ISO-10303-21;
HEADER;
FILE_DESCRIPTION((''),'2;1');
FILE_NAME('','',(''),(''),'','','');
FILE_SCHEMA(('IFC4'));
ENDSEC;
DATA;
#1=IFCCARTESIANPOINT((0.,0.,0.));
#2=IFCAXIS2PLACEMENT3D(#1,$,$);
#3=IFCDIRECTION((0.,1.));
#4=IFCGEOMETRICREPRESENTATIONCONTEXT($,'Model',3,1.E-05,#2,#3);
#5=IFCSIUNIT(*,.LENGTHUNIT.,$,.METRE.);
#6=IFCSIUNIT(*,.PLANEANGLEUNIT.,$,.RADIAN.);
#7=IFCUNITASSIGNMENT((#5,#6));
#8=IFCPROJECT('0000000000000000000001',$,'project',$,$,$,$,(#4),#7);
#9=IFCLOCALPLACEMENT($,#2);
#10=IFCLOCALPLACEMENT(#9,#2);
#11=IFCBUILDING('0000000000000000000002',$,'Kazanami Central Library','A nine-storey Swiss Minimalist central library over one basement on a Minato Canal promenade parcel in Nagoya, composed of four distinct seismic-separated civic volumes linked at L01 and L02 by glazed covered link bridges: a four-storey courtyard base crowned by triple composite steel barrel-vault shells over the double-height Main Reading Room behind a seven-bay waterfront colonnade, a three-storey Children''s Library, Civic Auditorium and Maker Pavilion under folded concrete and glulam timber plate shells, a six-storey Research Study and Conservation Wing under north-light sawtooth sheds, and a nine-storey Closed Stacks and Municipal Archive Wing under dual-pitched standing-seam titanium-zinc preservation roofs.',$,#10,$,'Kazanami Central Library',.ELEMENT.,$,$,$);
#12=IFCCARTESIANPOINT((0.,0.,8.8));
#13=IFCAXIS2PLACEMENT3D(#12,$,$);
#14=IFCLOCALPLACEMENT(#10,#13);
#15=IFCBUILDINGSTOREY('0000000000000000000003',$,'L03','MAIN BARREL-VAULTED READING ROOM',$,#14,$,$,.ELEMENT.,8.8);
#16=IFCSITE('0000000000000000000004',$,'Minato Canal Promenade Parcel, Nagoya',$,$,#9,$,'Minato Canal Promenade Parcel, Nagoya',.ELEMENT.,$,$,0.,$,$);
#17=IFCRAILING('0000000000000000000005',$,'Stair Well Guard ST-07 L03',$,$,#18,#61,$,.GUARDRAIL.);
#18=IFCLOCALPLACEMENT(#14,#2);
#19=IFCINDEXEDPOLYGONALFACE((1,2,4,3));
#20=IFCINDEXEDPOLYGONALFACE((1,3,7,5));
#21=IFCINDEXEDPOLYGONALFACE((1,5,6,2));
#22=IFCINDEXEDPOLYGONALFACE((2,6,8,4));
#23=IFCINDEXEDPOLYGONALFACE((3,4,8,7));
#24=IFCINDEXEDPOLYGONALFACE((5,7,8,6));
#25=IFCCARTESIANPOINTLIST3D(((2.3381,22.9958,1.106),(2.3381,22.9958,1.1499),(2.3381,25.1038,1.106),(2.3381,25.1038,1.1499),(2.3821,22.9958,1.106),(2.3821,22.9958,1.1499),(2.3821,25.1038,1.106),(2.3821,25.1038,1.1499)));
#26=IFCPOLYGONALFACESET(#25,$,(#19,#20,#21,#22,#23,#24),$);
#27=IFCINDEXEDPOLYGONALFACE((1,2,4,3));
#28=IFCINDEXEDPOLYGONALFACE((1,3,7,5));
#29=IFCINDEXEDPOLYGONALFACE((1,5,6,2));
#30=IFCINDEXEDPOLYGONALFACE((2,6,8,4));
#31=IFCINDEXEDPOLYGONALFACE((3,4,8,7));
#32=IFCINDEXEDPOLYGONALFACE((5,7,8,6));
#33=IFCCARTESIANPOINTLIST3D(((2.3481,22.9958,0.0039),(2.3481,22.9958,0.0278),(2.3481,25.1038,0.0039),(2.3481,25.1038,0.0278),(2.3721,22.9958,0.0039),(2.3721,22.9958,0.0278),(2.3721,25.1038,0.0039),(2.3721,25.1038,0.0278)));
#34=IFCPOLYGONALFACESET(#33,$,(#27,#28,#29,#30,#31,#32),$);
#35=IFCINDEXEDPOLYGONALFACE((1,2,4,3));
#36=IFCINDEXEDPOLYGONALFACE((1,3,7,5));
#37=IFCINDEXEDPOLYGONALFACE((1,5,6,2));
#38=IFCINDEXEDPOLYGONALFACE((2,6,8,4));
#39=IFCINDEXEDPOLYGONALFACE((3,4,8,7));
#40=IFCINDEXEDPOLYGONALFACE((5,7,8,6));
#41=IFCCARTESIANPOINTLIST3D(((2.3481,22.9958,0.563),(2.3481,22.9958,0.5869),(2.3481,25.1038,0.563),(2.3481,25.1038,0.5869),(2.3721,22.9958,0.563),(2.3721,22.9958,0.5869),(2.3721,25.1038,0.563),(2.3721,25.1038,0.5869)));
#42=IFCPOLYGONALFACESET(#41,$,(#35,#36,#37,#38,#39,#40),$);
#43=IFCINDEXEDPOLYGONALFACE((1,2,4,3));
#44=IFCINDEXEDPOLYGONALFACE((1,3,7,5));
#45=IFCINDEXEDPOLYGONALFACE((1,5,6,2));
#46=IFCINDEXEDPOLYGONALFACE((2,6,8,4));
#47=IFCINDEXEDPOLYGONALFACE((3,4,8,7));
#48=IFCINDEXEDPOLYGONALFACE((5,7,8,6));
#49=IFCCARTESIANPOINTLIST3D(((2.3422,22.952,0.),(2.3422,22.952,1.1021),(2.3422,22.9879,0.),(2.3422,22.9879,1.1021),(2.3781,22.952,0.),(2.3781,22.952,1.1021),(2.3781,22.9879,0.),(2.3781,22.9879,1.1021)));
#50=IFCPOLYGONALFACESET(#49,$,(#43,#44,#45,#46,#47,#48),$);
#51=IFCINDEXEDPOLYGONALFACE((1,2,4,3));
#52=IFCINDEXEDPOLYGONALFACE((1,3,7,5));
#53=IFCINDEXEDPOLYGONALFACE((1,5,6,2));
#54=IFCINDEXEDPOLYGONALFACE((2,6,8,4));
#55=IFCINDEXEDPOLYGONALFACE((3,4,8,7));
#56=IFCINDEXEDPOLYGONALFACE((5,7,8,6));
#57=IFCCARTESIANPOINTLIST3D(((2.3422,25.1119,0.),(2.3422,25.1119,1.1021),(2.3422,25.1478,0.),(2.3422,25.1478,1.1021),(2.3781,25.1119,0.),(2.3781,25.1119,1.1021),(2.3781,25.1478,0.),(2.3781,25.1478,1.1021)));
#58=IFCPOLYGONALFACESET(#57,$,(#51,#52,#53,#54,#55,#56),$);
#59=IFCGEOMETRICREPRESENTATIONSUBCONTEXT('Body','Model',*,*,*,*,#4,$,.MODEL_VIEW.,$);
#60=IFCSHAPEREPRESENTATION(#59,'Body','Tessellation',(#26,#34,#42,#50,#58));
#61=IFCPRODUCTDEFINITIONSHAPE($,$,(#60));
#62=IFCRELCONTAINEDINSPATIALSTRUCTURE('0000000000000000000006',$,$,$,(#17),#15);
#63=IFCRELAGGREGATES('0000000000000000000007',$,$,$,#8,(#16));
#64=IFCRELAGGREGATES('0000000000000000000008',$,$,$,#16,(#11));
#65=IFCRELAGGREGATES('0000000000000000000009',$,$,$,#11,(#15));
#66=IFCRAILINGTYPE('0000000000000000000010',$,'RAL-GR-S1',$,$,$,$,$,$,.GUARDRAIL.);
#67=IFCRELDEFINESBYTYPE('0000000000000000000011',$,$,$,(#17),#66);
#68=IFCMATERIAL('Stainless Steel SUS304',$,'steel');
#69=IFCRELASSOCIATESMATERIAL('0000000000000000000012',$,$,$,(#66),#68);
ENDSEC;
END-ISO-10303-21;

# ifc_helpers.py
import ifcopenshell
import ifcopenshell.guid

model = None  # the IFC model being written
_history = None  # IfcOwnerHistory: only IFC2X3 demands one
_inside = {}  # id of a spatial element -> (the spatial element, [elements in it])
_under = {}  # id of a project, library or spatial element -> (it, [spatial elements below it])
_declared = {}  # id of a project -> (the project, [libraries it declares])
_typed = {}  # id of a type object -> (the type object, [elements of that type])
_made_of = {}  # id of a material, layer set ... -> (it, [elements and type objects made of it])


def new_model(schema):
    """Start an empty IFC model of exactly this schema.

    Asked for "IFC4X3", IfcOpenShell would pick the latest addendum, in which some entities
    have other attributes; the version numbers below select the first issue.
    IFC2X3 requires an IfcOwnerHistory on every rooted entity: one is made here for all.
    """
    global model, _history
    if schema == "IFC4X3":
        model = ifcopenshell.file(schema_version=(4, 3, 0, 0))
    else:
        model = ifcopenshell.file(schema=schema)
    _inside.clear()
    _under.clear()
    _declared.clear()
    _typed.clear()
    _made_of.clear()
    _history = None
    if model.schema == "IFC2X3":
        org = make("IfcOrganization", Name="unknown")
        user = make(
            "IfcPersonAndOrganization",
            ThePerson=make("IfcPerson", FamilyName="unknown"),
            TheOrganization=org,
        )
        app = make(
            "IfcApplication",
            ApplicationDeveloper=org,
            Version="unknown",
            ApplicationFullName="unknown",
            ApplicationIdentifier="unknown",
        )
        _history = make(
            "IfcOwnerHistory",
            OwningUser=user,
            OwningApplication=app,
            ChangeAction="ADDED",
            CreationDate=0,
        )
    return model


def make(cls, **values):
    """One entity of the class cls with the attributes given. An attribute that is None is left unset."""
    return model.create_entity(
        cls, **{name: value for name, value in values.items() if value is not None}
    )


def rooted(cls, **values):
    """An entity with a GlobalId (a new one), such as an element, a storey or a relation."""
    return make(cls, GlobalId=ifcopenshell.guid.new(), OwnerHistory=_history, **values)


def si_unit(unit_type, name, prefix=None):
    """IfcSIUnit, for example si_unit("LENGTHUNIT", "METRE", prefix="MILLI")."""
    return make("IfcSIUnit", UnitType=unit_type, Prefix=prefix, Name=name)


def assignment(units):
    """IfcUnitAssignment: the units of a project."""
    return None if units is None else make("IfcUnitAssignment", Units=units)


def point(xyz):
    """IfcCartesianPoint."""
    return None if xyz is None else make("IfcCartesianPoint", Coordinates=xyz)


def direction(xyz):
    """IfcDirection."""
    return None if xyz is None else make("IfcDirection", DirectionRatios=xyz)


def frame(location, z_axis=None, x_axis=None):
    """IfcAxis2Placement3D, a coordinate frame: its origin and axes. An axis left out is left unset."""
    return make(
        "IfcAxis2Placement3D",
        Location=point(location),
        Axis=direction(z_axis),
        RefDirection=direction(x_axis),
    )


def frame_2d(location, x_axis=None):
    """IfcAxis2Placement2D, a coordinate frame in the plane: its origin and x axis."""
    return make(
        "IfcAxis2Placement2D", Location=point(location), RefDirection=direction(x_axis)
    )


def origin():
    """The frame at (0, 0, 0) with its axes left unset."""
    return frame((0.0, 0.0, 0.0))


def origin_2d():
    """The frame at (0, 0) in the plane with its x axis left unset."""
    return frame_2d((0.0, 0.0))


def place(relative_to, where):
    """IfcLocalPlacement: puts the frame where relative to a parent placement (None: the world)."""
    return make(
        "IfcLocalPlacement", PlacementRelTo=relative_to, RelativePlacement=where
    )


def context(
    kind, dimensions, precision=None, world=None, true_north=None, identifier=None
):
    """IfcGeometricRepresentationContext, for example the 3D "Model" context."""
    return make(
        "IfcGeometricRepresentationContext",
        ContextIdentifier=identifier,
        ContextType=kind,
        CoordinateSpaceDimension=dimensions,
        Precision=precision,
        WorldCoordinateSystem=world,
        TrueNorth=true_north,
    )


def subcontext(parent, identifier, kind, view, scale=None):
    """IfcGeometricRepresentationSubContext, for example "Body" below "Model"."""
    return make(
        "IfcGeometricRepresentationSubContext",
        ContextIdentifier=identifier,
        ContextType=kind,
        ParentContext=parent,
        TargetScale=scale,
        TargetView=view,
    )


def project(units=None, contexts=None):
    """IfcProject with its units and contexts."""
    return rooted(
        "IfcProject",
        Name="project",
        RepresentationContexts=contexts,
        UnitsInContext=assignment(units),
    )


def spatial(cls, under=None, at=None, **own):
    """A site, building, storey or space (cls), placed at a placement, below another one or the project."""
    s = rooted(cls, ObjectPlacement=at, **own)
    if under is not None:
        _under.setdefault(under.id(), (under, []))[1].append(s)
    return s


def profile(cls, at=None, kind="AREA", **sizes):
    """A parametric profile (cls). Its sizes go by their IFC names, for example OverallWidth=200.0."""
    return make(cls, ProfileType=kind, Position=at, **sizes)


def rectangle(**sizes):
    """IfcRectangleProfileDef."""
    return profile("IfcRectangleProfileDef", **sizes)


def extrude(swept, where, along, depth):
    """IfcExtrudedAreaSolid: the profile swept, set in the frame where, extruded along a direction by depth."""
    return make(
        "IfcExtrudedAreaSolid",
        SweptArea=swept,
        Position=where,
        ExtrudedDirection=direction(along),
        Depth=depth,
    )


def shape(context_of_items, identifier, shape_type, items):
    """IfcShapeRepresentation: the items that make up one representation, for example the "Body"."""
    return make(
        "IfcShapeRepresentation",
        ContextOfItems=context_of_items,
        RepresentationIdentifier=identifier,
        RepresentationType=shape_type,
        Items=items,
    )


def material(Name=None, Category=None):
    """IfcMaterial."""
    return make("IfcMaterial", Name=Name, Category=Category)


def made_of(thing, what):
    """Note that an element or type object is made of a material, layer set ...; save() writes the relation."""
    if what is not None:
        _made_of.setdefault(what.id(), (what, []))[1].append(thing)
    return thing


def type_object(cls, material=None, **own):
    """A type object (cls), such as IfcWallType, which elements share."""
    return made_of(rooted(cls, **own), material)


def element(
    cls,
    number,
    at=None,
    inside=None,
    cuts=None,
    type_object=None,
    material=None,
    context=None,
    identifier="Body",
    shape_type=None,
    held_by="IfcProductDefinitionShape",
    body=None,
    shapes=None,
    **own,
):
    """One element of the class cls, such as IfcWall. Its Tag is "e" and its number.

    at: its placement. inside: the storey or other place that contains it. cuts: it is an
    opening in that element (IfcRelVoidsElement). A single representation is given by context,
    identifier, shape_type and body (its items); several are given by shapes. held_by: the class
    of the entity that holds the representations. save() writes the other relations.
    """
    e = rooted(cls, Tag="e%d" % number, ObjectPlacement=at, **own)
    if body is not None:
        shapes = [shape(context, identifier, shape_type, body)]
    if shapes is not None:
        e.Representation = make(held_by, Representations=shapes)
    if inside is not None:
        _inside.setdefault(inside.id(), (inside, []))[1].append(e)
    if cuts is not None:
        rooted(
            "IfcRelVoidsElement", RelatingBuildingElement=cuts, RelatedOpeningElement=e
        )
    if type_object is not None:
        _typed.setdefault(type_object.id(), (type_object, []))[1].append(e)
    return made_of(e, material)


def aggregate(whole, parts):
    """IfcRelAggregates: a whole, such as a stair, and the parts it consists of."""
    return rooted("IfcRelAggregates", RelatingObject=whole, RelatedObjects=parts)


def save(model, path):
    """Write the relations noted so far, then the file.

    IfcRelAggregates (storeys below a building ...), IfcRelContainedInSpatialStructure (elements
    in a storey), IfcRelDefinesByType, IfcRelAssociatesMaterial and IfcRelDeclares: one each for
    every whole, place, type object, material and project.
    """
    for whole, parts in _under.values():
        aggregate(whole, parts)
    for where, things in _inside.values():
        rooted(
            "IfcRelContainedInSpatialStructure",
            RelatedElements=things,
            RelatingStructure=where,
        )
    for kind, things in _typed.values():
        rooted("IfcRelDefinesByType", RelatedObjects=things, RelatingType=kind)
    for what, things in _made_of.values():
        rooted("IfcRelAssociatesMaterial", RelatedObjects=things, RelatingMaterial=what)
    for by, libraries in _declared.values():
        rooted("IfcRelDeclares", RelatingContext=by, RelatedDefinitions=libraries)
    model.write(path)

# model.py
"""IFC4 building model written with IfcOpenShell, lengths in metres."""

from ifc_helpers import new_model, si_unit, direction, frame, origin, origin_2d, place, context, subcontext, project, spatial, rectangle, extrude, material, type_object, element, save


model = new_model("IFC4")

# Units and contexts
model_context = context("Model", 3, precision=1e-05, world=origin(), true_north=direction((0.0, 1.0)))
body_context = subcontext(model_context, "Body", "Model", "MODEL_VIEW")
ifc_project = project(units=[si_unit("LENGTHUNIT", "METRE"), si_unit("PLANEANGLEUNIT", "RADIAN")], contexts=[model_context])

# Site, building, storey
site_placement = place(None, origin())
site = spatial("IfcSite", under=ifc_project, at=site_placement, Name="Minato Canal Promenade Parcel, Nagoya", LongName="Minato Canal Promenade Parcel, Nagoya", CompositionType="ELEMENT", RefElevation=0.0)
building_placement = place(site_placement, origin())
building = spatial("IfcBuilding", under=site, at=building_placement, Name="Kazanami Central Library", Description="A nine-storey Swiss Minimalist central library over one basement on a Minato Canal promenade parcel in Nagoya, composed of four distinct seismic-separated civic volumes linked at L01 and L02 by glazed covered link bridges: a four-storey courtyard base crowned by triple composite steel barrel-vault shells over the double-height Main Reading Room behind a seven-bay waterfront colonnade, a three-storey Children's Library, Civic Auditorium and Maker Pavilion under folded concrete and glulam timber plate shells, a six-storey Research Study and Conservation Wing under north-light sawtooth sheds, and a nine-storey Closed Stacks and Municipal Archive Wing under dual-pitched standing-seam titanium-zinc preservation roofs.", LongName="Kazanami Central Library", CompositionType="ELEMENT")
storey_placement = place(building_placement, frame((0.0, 0.0, 8.8)))
storey = spatial("IfcBuildingStorey", under=building, at=storey_placement, Name="L03", Description="MAIN BARREL-VAULTED READING ROOM", CompositionType="ELEMENT", Elevation=8.8)

# Railing
ifc_material_1 = material(Name="Stainless Steel SUS304", Category="steel")
railing_type = type_object("IfcRailingType", Name="RAL-GR-S1", PredefinedType="GUARDRAIL", material=ifc_material_1)
railing_placement = place(storey_placement, frame((2.3601, 22.97, 0.0)))
element("IfcRailing", 1, at=railing_placement, inside=storey, type_object=railing_type, Name="Stair Well Guard ST-07 L03", PredefinedType="GUARDRAIL", context=body_context, shape_type="SweptSolid", body=[
    extrude(rectangle(XDim=0.0439, YDim=0.0439, at=origin_2d()), frame((0.0, 0.0259, 1.1279), z_axis=(0.0, 1.0, 0.0), x_axis=(-1.0, 0.0, 0.0)), (0.0, 0.0, 1.0), 2.1079),
    extrude(rectangle(XDim=0.0239, YDim=0.0239, at=origin_2d()), frame((0.0, 0.0259, 0.0159), z_axis=(0.0, 1.0, 0.0), x_axis=(-1.0, 0.0, 0.0)), (0.0, 0.0, 1.0), 2.1079),
    extrude(rectangle(XDim=0.0239, YDim=0.0239, at=origin_2d()), frame((0.0, 0.0259, 0.575), z_axis=(0.0, 1.0, 0.0), x_axis=(-1.0, 0.0, 0.0)), (0.0, 0.0, 1.0), 2.1079),
    extrude(rectangle(XDim=0.0359, YDim=0.0359, at=origin_2d()), origin(), (0.0, 0.0, 1.0), 1.1021),
    extrude(rectangle(XDim=0.0359, YDim=0.0359, at=origin_2d()), frame((0.0, 2.1599, 0.0)), (0.0, 0.0, 1.0), 1.1021),
])

save(model, "model.ifc")
